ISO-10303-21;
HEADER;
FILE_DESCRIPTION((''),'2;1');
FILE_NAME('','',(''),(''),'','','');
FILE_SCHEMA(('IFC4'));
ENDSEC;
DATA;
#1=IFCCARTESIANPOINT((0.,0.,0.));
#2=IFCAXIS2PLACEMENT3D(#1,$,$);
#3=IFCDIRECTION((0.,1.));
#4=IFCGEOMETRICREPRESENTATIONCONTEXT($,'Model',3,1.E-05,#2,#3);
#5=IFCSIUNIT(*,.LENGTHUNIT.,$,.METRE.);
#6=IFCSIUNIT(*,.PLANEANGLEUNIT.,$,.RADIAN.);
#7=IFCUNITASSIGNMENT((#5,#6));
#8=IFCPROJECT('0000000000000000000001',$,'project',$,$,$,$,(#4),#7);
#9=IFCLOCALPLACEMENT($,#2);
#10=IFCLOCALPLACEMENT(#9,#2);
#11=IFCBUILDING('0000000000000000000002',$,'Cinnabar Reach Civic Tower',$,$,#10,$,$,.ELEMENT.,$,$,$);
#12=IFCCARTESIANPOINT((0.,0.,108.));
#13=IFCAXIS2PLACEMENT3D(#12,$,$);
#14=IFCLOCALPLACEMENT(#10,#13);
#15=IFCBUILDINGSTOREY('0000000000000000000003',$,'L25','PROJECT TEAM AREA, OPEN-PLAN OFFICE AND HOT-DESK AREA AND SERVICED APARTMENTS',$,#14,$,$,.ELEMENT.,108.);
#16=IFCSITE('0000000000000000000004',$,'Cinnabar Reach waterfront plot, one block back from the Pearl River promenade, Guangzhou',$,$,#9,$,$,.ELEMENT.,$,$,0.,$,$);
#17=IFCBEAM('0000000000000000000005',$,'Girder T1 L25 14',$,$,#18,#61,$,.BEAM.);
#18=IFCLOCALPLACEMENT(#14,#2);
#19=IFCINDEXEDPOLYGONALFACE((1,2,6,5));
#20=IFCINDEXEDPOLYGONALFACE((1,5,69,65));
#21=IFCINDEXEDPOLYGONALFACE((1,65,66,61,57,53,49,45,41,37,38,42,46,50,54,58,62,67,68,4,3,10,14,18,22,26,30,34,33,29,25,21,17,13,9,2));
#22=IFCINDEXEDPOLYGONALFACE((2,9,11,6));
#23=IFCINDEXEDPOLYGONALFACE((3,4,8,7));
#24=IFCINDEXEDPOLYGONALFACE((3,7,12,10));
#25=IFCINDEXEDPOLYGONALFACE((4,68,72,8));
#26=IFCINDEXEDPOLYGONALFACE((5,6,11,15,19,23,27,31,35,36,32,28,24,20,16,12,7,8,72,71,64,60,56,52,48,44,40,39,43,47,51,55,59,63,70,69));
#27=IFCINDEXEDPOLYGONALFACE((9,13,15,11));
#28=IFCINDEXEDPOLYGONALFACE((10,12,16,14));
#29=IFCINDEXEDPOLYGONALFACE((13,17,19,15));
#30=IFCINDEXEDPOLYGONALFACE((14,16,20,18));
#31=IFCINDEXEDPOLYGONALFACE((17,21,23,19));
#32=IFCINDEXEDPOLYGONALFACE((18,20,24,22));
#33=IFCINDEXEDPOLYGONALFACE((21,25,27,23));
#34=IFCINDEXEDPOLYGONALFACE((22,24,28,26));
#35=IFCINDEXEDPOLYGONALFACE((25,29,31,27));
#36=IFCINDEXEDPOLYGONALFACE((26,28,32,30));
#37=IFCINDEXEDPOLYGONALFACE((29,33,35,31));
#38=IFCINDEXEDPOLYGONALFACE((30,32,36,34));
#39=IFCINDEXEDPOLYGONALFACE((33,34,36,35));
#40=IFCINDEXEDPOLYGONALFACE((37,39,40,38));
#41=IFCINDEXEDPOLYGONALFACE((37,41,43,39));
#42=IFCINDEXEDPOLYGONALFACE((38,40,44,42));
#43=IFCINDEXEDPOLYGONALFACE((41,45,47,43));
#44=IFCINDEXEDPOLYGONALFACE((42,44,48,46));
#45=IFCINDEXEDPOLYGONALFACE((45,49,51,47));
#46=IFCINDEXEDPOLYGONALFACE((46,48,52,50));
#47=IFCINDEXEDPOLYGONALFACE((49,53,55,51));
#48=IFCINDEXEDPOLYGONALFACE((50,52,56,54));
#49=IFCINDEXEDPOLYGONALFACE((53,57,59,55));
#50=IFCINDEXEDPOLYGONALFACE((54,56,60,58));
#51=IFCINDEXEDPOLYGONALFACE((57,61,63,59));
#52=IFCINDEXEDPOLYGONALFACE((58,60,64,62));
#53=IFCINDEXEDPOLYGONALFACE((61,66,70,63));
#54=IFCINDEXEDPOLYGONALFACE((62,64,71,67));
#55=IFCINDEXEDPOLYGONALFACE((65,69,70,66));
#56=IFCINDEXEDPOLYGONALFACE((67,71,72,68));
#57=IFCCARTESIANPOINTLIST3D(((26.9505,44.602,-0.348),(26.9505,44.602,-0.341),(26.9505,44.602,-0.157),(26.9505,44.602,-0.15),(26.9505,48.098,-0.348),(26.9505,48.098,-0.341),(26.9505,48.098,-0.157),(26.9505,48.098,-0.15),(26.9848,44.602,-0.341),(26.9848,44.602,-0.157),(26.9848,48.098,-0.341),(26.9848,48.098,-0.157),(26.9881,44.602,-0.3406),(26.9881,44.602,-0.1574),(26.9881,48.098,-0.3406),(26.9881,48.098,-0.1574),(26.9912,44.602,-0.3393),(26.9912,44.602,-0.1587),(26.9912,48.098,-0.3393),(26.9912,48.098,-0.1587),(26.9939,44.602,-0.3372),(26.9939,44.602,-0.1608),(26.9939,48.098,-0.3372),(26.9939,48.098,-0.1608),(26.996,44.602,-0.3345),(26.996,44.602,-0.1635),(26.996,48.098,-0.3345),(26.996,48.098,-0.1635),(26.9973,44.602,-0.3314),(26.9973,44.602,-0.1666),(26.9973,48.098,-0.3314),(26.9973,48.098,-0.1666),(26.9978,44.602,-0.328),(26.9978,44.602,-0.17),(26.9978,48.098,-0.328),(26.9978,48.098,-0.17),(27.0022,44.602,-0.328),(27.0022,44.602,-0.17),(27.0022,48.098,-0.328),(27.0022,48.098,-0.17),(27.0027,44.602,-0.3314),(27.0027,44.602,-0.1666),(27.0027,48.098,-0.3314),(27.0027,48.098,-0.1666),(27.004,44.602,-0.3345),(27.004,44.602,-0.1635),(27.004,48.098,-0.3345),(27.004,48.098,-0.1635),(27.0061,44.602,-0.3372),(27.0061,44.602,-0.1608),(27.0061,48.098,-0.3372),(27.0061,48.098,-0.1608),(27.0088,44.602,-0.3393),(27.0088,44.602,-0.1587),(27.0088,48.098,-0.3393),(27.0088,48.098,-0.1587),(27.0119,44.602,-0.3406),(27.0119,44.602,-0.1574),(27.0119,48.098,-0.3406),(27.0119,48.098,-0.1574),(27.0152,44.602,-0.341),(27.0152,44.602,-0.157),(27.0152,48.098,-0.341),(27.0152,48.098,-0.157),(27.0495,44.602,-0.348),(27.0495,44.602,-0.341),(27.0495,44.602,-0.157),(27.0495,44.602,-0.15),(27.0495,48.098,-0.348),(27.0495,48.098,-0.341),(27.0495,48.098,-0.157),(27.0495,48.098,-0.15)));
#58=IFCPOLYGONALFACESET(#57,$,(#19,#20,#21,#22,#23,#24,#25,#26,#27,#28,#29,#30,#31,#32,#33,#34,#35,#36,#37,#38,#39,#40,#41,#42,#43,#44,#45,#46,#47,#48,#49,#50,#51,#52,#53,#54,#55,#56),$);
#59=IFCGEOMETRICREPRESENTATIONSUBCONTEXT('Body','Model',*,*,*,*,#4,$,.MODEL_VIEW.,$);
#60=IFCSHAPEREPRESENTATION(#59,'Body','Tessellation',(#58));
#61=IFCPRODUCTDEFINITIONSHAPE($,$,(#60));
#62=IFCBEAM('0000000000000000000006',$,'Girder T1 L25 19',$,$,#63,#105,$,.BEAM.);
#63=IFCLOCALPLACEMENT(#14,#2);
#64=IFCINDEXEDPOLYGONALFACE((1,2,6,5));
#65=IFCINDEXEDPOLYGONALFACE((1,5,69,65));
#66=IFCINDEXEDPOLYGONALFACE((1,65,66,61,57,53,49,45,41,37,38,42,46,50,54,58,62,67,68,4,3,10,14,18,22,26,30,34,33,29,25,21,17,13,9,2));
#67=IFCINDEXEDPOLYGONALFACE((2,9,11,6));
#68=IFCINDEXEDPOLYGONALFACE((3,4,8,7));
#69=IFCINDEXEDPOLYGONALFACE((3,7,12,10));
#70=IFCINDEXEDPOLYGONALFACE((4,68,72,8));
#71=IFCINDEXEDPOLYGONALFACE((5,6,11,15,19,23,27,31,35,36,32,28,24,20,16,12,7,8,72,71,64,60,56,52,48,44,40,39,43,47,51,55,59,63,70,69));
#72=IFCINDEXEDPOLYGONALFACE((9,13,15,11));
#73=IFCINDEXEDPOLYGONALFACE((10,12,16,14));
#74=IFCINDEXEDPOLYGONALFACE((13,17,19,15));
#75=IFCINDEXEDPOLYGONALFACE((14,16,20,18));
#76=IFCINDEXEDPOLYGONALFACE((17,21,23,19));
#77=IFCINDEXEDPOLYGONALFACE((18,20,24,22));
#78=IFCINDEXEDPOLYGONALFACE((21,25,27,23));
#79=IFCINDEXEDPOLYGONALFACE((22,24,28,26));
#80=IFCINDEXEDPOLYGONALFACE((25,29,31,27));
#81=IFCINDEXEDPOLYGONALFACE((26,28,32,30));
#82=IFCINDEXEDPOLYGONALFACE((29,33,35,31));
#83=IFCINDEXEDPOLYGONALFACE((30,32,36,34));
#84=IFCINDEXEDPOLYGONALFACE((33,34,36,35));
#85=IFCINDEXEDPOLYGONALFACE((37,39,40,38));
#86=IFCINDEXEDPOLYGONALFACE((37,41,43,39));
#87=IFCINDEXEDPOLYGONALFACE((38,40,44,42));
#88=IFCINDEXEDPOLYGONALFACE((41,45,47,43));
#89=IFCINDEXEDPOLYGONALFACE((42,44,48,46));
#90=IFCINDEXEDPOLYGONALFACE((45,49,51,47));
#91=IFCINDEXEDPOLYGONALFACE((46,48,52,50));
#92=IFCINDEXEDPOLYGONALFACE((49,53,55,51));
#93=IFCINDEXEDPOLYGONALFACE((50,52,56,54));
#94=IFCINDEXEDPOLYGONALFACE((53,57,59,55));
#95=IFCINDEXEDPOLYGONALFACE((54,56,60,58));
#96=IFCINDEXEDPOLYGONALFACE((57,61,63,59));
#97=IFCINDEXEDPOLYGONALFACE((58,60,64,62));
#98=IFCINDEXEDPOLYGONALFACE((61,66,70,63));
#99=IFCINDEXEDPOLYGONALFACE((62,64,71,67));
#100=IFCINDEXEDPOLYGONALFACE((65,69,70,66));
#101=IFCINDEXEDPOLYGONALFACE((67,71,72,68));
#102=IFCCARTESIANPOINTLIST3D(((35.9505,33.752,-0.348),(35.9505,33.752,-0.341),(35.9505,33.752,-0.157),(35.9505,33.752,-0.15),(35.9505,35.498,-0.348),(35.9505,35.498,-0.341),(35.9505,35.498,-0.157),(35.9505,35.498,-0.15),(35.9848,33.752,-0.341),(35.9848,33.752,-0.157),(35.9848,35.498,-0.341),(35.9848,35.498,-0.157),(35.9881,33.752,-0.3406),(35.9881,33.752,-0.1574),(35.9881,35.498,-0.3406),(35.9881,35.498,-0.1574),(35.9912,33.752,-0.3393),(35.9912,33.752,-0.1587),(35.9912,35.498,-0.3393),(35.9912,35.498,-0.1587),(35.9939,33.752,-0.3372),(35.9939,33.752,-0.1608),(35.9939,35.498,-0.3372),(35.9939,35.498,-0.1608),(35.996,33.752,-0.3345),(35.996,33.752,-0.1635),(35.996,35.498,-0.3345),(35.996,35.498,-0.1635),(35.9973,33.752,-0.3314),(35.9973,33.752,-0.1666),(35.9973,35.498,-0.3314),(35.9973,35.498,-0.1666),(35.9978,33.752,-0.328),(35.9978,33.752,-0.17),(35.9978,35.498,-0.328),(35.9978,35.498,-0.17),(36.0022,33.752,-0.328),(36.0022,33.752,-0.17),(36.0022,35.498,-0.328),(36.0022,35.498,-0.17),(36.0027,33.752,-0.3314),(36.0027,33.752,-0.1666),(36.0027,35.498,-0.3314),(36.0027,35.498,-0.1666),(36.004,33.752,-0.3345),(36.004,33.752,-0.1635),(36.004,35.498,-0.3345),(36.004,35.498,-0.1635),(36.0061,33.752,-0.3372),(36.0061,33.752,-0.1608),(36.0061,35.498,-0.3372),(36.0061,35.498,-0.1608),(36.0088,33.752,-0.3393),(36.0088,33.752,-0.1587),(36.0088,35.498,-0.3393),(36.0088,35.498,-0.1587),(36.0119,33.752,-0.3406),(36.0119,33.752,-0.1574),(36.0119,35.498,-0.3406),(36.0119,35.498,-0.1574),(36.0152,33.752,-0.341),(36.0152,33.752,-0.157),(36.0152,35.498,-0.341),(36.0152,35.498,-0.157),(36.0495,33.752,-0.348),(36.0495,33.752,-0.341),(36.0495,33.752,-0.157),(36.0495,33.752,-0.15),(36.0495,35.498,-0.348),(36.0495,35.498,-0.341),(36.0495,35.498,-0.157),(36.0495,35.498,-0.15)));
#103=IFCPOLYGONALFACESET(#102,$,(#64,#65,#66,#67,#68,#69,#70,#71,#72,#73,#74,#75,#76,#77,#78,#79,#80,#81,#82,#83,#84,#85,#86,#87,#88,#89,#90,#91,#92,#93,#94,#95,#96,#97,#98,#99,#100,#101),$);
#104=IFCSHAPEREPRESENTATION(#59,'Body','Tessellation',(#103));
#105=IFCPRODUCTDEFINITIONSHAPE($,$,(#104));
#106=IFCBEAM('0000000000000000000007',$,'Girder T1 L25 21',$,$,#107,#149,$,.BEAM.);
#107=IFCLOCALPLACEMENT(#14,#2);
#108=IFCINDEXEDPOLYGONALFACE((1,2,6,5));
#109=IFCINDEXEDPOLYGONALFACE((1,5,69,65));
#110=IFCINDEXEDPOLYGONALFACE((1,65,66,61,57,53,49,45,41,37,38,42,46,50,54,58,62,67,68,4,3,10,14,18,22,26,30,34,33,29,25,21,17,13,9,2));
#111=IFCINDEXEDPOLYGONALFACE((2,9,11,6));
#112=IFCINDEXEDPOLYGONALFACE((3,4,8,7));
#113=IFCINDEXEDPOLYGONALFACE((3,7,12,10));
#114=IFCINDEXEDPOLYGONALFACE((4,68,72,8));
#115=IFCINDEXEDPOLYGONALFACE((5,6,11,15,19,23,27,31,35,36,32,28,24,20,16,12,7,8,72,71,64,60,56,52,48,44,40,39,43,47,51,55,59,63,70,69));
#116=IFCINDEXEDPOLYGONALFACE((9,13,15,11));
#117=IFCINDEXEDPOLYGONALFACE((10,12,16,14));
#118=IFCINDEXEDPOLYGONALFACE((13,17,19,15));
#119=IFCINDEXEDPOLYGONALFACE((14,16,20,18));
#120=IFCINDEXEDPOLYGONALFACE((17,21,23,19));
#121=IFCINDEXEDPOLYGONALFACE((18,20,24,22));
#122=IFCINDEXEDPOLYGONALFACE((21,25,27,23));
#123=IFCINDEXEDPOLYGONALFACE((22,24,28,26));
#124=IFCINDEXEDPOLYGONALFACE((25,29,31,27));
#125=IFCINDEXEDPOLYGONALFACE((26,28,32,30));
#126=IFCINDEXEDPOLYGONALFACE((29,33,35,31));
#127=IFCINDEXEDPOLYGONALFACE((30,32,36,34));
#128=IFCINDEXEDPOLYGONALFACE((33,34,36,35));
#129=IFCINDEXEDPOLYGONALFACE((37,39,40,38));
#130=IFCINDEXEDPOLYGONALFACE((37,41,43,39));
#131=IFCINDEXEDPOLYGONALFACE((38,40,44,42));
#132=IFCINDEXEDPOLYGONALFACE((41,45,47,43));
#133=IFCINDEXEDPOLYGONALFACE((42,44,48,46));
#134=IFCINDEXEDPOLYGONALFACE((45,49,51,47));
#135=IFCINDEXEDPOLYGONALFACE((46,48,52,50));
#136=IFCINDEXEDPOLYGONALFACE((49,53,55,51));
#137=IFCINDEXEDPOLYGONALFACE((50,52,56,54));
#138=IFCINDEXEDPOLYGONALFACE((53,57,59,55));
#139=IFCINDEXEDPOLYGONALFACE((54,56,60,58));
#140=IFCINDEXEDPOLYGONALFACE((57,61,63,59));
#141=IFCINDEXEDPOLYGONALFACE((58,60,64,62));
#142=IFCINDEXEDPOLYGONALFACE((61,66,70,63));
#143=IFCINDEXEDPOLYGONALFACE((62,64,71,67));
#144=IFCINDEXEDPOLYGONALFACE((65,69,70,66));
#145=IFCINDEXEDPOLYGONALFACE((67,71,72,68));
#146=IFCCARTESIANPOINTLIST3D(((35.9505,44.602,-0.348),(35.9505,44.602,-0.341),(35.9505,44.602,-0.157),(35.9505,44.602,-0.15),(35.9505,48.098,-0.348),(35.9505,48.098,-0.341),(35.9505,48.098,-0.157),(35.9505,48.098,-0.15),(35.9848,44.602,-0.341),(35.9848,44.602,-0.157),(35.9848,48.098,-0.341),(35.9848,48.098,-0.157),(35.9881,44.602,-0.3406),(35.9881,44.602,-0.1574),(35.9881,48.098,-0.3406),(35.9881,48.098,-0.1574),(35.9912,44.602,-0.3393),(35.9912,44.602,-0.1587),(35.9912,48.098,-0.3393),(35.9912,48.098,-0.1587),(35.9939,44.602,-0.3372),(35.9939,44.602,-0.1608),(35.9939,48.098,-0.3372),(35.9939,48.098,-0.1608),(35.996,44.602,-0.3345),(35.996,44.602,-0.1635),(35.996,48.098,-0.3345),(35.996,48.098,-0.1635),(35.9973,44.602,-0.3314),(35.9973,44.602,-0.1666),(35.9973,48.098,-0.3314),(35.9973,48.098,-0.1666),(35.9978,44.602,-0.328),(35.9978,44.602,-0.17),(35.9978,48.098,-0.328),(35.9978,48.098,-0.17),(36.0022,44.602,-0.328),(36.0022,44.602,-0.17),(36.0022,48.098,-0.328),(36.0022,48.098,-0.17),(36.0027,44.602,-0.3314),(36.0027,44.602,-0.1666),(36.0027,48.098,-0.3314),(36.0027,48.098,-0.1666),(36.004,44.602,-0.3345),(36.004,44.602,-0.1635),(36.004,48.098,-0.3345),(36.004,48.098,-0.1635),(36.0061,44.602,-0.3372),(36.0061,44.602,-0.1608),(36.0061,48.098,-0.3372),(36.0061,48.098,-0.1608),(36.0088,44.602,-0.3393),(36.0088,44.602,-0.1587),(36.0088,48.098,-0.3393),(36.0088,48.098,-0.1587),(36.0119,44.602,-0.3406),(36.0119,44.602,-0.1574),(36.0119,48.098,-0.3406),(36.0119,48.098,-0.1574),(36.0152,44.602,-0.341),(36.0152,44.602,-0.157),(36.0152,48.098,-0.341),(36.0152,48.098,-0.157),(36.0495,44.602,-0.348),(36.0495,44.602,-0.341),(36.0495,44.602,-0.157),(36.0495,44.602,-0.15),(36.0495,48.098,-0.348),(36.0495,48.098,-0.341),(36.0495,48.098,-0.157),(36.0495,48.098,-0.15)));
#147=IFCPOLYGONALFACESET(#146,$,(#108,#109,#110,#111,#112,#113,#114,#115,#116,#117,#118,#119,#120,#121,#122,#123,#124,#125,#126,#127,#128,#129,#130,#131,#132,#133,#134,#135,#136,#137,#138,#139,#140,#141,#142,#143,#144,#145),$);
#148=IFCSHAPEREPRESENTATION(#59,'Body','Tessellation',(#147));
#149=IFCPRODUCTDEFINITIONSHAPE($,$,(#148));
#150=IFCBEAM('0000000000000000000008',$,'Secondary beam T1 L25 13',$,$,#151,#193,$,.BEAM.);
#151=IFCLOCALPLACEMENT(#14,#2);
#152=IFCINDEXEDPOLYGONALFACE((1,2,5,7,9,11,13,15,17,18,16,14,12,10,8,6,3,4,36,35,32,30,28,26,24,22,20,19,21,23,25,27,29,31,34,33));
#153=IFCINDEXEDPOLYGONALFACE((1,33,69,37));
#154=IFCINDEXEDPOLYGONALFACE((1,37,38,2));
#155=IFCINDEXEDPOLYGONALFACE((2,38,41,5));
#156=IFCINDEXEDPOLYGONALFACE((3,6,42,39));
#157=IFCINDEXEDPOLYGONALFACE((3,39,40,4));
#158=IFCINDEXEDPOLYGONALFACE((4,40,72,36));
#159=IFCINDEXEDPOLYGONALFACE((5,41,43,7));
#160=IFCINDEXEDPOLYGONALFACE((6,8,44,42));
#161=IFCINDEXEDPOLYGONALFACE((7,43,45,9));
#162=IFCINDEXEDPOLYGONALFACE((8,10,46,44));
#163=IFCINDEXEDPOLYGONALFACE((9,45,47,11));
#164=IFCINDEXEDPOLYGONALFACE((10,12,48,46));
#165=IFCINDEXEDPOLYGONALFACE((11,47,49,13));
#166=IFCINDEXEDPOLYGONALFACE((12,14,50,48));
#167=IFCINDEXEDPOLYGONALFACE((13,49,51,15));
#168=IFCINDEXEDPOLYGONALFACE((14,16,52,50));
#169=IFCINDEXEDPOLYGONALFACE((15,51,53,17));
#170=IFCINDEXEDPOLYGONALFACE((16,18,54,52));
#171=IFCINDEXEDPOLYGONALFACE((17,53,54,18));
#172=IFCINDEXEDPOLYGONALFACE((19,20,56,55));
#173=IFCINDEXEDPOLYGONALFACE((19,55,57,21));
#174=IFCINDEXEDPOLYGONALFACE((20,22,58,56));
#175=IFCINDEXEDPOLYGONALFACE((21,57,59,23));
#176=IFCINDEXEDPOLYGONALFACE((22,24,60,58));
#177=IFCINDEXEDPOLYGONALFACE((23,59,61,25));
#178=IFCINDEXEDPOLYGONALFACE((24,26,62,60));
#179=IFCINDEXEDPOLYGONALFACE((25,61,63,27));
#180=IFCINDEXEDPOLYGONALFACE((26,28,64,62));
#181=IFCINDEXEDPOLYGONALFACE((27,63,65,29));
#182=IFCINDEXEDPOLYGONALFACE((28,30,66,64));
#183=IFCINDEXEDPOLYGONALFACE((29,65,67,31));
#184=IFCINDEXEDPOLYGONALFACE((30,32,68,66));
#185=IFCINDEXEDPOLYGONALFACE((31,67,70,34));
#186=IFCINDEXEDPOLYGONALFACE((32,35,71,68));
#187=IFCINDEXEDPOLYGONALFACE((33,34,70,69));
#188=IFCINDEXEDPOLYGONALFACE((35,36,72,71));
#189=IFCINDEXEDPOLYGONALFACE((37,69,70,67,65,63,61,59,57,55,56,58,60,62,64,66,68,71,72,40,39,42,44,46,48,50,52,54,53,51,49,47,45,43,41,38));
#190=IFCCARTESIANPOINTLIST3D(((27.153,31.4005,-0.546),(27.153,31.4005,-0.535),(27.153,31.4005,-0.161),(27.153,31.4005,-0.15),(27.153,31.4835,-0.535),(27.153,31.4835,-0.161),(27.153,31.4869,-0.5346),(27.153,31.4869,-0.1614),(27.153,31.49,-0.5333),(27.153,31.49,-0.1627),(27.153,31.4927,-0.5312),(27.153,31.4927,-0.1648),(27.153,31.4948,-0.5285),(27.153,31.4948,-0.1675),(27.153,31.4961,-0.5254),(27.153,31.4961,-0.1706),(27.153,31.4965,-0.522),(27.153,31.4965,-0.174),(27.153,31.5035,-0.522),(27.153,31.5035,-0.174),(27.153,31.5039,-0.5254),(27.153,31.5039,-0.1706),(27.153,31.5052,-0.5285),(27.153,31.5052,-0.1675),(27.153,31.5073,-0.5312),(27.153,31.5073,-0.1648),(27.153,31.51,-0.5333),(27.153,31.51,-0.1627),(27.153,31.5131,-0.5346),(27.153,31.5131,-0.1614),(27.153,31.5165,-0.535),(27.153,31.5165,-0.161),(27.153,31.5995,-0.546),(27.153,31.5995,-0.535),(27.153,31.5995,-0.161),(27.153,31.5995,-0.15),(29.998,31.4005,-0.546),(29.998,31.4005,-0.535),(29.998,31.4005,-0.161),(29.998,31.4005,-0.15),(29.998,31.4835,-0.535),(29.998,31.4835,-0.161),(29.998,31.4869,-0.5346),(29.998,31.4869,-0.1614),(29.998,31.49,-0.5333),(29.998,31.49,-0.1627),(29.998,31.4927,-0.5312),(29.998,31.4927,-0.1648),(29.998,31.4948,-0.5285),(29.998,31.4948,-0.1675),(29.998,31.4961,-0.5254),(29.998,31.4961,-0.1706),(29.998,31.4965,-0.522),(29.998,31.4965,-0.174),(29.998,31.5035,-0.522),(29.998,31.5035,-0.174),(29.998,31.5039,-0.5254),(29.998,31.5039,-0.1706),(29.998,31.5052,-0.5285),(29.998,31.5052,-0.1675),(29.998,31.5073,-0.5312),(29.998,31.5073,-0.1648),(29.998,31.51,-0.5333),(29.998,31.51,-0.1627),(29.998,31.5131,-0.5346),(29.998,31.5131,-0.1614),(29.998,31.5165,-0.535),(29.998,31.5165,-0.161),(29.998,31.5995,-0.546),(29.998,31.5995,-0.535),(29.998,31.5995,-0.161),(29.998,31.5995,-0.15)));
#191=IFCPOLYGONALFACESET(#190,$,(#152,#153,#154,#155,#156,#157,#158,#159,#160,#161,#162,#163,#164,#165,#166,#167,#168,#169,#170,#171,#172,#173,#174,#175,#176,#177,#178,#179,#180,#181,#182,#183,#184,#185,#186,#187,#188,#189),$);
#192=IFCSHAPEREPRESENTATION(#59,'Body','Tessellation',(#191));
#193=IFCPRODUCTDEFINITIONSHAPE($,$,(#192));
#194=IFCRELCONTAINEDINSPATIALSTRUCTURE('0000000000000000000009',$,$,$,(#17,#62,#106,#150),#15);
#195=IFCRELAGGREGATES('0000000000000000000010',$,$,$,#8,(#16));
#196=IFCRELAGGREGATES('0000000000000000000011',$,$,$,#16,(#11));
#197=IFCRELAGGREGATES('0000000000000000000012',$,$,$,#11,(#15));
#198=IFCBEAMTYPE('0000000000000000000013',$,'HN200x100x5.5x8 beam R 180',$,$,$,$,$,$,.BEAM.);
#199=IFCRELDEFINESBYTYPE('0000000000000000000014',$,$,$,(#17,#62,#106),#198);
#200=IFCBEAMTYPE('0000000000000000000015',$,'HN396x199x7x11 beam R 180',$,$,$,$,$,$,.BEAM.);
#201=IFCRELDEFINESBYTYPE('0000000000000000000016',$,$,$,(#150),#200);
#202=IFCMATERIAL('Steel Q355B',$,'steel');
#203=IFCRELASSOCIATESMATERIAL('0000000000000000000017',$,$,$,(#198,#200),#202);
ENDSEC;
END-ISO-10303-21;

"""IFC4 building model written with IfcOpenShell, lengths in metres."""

from ifc_helpers import new_model, si_unit, direction, frame, origin, origin_2d, place, context, subcontext, project, spatial, i_section, extrude, material, material_profile, profile_set, type_object, element, save


model = new_model("IFC4")

# Units and contexts
model_context = context("Model", 3, precision=1e-05, world=origin(), true_north=direction((0.0, 1.0)))
body_context = subcontext(model_context, "Body", "Model", "MODEL_VIEW")
ifc_project = project(units=[si_unit("LENGTHUNIT", "METRE"), si_unit("PLANEANGLEUNIT", "RADIAN")], contexts=[model_context])

# Site, building, storey
site_placement = place(None, origin())
site = spatial("IfcSite", under=ifc_project, at=site_placement, Name="Cinnabar Reach waterfront plot, one block back from the Pearl River promenade, Guangzhou", CompositionType="ELEMENT", RefElevation=0.0)
building_placement = place(site_placement, origin())
building = spatial("IfcBuilding", under=site, at=building_placement, Name="Cinnabar Reach Civic Tower", CompositionType="ELEMENT")
storey_placement = place(building_placement, frame((0.0, 0.0, 108.0)))
storey = spatial("IfcBuildingStorey", under=building, at=storey_placement, Name="L25", Description="PROJECT TEAM AREA, OPEN-PLAN OFFICE AND HOT-DESK AREA AND SERVICED APARTMENTS", CompositionType="ELEMENT", Elevation=108.0)

# Beams
ifc_material_1 = material(Name="Steel Q355B", Category="steel")
ifc_material_profile_1 = material_profile(ifc_material_1, i_section(OverallWidth=0.099, OverallDepth=0.198, WebThickness=0.0045, FlangeThickness=0.007, FilletRadius=0.013, at=origin_2d()), Name="HN200x100x5.5x8")
ifc_profile_set_1 = profile_set([ifc_material_profile_1], Name="Steel Q355B")
beam_type_1 = type_object("IfcBeamType", Name="HN200x100x5.5x8 beam R 180", PredefinedType="BEAM", material=ifc_profile_set_1)
beam_1_placement = place(storey_placement, frame((27.0, 44.602, -0.249), z_axis=(0.0, 1.0, 0.0), x_axis=(-1.0, 0.0, 0.0)))
element("IfcBeam", 1, at=beam_1_placement, inside=storey, type_object=beam_type_1, Name="Girder T1 L25 14", PredefinedType="BEAM", context=body_context, shape_type="SweptSolid", body=[
    extrude(i_section(OverallWidth=0.099, OverallDepth=0.198, WebThickness=0.0045, FlangeThickness=0.007, FilletRadius=0.013, at=origin_2d()), origin(), (0.0, 0.0, 1.0), 3.496),
])
beam_2_placement = place(storey_placement, frame((36.0, 33.752, -0.249), z_axis=(0.0, 1.0, 0.0), x_axis=(-1.0, 0.0, 0.0)))
element("IfcBeam", 2, at=beam_2_placement, inside=storey, type_object=beam_type_1, Name="Girder T1 L25 19", PredefinedType="BEAM", context=body_context, shape_type="SweptSolid", body=[
    extrude(i_section(OverallWidth=0.099, OverallDepth=0.198, WebThickness=0.0045, FlangeThickness=0.007, FilletRadius=0.013, at=origin_2d()), origin(), (0.0, 0.0, 1.0), 1.746),
])
beam_3_placement = place(storey_placement, frame((36.0, 44.602, -0.249), z_axis=(0.0, 1.0, 0.0), x_axis=(-1.0, 0.0, 0.0)))
element("IfcBeam", 3, at=beam_3_placement, inside=storey, type_object=beam_type_1, Name="Girder T1 L25 21", PredefinedType="BEAM", context=body_context, shape_type="SweptSolid", body=[
    extrude(i_section(OverallWidth=0.099, OverallDepth=0.198, WebThickness=0.0045, FlangeThickness=0.007, FilletRadius=0.013, at=origin_2d()), origin(), (0.0, 0.0, 1.0), 3.496),
])
ifc_material_profile_2 = material_profile(ifc_material_1, i_section(OverallWidth=0.199, OverallDepth=0.396, WebThickness=0.007, FlangeThickness=0.011, FilletRadius=0.013, at=origin_2d()), Name="HN396x199x7x11")
ifc_profile_set_2 = profile_set([ifc_material_profile_2], Name="Steel Q355B")
beam_type_2 = type_object("IfcBeamType", Name="HN396x199x7x11 beam R 180", PredefinedType="BEAM", material=ifc_profile_set_2)
beam_4_placement = place(storey_placement, frame((27.153, 31.5, -0.348), z_axis=(1.0, 0.0, 0.0), x_axis=(0.0, 1.0, 0.0)))
element("IfcBeam", 4, at=beam_4_placement, inside=storey, type_object=beam_type_2, Name="Secondary beam T1 L25 13", PredefinedType="BEAM", context=body_context, shape_type="SweptSolid", body=[
    extrude(i_section(OverallWidth=0.199, OverallDepth=0.396, WebThickness=0.007, FlangeThickness=0.011, FilletRadius=0.013, at=origin_2d()), origin(), (0.0, 0.0, 1.0), 2.845),
])

save(model, "model.ifc")
